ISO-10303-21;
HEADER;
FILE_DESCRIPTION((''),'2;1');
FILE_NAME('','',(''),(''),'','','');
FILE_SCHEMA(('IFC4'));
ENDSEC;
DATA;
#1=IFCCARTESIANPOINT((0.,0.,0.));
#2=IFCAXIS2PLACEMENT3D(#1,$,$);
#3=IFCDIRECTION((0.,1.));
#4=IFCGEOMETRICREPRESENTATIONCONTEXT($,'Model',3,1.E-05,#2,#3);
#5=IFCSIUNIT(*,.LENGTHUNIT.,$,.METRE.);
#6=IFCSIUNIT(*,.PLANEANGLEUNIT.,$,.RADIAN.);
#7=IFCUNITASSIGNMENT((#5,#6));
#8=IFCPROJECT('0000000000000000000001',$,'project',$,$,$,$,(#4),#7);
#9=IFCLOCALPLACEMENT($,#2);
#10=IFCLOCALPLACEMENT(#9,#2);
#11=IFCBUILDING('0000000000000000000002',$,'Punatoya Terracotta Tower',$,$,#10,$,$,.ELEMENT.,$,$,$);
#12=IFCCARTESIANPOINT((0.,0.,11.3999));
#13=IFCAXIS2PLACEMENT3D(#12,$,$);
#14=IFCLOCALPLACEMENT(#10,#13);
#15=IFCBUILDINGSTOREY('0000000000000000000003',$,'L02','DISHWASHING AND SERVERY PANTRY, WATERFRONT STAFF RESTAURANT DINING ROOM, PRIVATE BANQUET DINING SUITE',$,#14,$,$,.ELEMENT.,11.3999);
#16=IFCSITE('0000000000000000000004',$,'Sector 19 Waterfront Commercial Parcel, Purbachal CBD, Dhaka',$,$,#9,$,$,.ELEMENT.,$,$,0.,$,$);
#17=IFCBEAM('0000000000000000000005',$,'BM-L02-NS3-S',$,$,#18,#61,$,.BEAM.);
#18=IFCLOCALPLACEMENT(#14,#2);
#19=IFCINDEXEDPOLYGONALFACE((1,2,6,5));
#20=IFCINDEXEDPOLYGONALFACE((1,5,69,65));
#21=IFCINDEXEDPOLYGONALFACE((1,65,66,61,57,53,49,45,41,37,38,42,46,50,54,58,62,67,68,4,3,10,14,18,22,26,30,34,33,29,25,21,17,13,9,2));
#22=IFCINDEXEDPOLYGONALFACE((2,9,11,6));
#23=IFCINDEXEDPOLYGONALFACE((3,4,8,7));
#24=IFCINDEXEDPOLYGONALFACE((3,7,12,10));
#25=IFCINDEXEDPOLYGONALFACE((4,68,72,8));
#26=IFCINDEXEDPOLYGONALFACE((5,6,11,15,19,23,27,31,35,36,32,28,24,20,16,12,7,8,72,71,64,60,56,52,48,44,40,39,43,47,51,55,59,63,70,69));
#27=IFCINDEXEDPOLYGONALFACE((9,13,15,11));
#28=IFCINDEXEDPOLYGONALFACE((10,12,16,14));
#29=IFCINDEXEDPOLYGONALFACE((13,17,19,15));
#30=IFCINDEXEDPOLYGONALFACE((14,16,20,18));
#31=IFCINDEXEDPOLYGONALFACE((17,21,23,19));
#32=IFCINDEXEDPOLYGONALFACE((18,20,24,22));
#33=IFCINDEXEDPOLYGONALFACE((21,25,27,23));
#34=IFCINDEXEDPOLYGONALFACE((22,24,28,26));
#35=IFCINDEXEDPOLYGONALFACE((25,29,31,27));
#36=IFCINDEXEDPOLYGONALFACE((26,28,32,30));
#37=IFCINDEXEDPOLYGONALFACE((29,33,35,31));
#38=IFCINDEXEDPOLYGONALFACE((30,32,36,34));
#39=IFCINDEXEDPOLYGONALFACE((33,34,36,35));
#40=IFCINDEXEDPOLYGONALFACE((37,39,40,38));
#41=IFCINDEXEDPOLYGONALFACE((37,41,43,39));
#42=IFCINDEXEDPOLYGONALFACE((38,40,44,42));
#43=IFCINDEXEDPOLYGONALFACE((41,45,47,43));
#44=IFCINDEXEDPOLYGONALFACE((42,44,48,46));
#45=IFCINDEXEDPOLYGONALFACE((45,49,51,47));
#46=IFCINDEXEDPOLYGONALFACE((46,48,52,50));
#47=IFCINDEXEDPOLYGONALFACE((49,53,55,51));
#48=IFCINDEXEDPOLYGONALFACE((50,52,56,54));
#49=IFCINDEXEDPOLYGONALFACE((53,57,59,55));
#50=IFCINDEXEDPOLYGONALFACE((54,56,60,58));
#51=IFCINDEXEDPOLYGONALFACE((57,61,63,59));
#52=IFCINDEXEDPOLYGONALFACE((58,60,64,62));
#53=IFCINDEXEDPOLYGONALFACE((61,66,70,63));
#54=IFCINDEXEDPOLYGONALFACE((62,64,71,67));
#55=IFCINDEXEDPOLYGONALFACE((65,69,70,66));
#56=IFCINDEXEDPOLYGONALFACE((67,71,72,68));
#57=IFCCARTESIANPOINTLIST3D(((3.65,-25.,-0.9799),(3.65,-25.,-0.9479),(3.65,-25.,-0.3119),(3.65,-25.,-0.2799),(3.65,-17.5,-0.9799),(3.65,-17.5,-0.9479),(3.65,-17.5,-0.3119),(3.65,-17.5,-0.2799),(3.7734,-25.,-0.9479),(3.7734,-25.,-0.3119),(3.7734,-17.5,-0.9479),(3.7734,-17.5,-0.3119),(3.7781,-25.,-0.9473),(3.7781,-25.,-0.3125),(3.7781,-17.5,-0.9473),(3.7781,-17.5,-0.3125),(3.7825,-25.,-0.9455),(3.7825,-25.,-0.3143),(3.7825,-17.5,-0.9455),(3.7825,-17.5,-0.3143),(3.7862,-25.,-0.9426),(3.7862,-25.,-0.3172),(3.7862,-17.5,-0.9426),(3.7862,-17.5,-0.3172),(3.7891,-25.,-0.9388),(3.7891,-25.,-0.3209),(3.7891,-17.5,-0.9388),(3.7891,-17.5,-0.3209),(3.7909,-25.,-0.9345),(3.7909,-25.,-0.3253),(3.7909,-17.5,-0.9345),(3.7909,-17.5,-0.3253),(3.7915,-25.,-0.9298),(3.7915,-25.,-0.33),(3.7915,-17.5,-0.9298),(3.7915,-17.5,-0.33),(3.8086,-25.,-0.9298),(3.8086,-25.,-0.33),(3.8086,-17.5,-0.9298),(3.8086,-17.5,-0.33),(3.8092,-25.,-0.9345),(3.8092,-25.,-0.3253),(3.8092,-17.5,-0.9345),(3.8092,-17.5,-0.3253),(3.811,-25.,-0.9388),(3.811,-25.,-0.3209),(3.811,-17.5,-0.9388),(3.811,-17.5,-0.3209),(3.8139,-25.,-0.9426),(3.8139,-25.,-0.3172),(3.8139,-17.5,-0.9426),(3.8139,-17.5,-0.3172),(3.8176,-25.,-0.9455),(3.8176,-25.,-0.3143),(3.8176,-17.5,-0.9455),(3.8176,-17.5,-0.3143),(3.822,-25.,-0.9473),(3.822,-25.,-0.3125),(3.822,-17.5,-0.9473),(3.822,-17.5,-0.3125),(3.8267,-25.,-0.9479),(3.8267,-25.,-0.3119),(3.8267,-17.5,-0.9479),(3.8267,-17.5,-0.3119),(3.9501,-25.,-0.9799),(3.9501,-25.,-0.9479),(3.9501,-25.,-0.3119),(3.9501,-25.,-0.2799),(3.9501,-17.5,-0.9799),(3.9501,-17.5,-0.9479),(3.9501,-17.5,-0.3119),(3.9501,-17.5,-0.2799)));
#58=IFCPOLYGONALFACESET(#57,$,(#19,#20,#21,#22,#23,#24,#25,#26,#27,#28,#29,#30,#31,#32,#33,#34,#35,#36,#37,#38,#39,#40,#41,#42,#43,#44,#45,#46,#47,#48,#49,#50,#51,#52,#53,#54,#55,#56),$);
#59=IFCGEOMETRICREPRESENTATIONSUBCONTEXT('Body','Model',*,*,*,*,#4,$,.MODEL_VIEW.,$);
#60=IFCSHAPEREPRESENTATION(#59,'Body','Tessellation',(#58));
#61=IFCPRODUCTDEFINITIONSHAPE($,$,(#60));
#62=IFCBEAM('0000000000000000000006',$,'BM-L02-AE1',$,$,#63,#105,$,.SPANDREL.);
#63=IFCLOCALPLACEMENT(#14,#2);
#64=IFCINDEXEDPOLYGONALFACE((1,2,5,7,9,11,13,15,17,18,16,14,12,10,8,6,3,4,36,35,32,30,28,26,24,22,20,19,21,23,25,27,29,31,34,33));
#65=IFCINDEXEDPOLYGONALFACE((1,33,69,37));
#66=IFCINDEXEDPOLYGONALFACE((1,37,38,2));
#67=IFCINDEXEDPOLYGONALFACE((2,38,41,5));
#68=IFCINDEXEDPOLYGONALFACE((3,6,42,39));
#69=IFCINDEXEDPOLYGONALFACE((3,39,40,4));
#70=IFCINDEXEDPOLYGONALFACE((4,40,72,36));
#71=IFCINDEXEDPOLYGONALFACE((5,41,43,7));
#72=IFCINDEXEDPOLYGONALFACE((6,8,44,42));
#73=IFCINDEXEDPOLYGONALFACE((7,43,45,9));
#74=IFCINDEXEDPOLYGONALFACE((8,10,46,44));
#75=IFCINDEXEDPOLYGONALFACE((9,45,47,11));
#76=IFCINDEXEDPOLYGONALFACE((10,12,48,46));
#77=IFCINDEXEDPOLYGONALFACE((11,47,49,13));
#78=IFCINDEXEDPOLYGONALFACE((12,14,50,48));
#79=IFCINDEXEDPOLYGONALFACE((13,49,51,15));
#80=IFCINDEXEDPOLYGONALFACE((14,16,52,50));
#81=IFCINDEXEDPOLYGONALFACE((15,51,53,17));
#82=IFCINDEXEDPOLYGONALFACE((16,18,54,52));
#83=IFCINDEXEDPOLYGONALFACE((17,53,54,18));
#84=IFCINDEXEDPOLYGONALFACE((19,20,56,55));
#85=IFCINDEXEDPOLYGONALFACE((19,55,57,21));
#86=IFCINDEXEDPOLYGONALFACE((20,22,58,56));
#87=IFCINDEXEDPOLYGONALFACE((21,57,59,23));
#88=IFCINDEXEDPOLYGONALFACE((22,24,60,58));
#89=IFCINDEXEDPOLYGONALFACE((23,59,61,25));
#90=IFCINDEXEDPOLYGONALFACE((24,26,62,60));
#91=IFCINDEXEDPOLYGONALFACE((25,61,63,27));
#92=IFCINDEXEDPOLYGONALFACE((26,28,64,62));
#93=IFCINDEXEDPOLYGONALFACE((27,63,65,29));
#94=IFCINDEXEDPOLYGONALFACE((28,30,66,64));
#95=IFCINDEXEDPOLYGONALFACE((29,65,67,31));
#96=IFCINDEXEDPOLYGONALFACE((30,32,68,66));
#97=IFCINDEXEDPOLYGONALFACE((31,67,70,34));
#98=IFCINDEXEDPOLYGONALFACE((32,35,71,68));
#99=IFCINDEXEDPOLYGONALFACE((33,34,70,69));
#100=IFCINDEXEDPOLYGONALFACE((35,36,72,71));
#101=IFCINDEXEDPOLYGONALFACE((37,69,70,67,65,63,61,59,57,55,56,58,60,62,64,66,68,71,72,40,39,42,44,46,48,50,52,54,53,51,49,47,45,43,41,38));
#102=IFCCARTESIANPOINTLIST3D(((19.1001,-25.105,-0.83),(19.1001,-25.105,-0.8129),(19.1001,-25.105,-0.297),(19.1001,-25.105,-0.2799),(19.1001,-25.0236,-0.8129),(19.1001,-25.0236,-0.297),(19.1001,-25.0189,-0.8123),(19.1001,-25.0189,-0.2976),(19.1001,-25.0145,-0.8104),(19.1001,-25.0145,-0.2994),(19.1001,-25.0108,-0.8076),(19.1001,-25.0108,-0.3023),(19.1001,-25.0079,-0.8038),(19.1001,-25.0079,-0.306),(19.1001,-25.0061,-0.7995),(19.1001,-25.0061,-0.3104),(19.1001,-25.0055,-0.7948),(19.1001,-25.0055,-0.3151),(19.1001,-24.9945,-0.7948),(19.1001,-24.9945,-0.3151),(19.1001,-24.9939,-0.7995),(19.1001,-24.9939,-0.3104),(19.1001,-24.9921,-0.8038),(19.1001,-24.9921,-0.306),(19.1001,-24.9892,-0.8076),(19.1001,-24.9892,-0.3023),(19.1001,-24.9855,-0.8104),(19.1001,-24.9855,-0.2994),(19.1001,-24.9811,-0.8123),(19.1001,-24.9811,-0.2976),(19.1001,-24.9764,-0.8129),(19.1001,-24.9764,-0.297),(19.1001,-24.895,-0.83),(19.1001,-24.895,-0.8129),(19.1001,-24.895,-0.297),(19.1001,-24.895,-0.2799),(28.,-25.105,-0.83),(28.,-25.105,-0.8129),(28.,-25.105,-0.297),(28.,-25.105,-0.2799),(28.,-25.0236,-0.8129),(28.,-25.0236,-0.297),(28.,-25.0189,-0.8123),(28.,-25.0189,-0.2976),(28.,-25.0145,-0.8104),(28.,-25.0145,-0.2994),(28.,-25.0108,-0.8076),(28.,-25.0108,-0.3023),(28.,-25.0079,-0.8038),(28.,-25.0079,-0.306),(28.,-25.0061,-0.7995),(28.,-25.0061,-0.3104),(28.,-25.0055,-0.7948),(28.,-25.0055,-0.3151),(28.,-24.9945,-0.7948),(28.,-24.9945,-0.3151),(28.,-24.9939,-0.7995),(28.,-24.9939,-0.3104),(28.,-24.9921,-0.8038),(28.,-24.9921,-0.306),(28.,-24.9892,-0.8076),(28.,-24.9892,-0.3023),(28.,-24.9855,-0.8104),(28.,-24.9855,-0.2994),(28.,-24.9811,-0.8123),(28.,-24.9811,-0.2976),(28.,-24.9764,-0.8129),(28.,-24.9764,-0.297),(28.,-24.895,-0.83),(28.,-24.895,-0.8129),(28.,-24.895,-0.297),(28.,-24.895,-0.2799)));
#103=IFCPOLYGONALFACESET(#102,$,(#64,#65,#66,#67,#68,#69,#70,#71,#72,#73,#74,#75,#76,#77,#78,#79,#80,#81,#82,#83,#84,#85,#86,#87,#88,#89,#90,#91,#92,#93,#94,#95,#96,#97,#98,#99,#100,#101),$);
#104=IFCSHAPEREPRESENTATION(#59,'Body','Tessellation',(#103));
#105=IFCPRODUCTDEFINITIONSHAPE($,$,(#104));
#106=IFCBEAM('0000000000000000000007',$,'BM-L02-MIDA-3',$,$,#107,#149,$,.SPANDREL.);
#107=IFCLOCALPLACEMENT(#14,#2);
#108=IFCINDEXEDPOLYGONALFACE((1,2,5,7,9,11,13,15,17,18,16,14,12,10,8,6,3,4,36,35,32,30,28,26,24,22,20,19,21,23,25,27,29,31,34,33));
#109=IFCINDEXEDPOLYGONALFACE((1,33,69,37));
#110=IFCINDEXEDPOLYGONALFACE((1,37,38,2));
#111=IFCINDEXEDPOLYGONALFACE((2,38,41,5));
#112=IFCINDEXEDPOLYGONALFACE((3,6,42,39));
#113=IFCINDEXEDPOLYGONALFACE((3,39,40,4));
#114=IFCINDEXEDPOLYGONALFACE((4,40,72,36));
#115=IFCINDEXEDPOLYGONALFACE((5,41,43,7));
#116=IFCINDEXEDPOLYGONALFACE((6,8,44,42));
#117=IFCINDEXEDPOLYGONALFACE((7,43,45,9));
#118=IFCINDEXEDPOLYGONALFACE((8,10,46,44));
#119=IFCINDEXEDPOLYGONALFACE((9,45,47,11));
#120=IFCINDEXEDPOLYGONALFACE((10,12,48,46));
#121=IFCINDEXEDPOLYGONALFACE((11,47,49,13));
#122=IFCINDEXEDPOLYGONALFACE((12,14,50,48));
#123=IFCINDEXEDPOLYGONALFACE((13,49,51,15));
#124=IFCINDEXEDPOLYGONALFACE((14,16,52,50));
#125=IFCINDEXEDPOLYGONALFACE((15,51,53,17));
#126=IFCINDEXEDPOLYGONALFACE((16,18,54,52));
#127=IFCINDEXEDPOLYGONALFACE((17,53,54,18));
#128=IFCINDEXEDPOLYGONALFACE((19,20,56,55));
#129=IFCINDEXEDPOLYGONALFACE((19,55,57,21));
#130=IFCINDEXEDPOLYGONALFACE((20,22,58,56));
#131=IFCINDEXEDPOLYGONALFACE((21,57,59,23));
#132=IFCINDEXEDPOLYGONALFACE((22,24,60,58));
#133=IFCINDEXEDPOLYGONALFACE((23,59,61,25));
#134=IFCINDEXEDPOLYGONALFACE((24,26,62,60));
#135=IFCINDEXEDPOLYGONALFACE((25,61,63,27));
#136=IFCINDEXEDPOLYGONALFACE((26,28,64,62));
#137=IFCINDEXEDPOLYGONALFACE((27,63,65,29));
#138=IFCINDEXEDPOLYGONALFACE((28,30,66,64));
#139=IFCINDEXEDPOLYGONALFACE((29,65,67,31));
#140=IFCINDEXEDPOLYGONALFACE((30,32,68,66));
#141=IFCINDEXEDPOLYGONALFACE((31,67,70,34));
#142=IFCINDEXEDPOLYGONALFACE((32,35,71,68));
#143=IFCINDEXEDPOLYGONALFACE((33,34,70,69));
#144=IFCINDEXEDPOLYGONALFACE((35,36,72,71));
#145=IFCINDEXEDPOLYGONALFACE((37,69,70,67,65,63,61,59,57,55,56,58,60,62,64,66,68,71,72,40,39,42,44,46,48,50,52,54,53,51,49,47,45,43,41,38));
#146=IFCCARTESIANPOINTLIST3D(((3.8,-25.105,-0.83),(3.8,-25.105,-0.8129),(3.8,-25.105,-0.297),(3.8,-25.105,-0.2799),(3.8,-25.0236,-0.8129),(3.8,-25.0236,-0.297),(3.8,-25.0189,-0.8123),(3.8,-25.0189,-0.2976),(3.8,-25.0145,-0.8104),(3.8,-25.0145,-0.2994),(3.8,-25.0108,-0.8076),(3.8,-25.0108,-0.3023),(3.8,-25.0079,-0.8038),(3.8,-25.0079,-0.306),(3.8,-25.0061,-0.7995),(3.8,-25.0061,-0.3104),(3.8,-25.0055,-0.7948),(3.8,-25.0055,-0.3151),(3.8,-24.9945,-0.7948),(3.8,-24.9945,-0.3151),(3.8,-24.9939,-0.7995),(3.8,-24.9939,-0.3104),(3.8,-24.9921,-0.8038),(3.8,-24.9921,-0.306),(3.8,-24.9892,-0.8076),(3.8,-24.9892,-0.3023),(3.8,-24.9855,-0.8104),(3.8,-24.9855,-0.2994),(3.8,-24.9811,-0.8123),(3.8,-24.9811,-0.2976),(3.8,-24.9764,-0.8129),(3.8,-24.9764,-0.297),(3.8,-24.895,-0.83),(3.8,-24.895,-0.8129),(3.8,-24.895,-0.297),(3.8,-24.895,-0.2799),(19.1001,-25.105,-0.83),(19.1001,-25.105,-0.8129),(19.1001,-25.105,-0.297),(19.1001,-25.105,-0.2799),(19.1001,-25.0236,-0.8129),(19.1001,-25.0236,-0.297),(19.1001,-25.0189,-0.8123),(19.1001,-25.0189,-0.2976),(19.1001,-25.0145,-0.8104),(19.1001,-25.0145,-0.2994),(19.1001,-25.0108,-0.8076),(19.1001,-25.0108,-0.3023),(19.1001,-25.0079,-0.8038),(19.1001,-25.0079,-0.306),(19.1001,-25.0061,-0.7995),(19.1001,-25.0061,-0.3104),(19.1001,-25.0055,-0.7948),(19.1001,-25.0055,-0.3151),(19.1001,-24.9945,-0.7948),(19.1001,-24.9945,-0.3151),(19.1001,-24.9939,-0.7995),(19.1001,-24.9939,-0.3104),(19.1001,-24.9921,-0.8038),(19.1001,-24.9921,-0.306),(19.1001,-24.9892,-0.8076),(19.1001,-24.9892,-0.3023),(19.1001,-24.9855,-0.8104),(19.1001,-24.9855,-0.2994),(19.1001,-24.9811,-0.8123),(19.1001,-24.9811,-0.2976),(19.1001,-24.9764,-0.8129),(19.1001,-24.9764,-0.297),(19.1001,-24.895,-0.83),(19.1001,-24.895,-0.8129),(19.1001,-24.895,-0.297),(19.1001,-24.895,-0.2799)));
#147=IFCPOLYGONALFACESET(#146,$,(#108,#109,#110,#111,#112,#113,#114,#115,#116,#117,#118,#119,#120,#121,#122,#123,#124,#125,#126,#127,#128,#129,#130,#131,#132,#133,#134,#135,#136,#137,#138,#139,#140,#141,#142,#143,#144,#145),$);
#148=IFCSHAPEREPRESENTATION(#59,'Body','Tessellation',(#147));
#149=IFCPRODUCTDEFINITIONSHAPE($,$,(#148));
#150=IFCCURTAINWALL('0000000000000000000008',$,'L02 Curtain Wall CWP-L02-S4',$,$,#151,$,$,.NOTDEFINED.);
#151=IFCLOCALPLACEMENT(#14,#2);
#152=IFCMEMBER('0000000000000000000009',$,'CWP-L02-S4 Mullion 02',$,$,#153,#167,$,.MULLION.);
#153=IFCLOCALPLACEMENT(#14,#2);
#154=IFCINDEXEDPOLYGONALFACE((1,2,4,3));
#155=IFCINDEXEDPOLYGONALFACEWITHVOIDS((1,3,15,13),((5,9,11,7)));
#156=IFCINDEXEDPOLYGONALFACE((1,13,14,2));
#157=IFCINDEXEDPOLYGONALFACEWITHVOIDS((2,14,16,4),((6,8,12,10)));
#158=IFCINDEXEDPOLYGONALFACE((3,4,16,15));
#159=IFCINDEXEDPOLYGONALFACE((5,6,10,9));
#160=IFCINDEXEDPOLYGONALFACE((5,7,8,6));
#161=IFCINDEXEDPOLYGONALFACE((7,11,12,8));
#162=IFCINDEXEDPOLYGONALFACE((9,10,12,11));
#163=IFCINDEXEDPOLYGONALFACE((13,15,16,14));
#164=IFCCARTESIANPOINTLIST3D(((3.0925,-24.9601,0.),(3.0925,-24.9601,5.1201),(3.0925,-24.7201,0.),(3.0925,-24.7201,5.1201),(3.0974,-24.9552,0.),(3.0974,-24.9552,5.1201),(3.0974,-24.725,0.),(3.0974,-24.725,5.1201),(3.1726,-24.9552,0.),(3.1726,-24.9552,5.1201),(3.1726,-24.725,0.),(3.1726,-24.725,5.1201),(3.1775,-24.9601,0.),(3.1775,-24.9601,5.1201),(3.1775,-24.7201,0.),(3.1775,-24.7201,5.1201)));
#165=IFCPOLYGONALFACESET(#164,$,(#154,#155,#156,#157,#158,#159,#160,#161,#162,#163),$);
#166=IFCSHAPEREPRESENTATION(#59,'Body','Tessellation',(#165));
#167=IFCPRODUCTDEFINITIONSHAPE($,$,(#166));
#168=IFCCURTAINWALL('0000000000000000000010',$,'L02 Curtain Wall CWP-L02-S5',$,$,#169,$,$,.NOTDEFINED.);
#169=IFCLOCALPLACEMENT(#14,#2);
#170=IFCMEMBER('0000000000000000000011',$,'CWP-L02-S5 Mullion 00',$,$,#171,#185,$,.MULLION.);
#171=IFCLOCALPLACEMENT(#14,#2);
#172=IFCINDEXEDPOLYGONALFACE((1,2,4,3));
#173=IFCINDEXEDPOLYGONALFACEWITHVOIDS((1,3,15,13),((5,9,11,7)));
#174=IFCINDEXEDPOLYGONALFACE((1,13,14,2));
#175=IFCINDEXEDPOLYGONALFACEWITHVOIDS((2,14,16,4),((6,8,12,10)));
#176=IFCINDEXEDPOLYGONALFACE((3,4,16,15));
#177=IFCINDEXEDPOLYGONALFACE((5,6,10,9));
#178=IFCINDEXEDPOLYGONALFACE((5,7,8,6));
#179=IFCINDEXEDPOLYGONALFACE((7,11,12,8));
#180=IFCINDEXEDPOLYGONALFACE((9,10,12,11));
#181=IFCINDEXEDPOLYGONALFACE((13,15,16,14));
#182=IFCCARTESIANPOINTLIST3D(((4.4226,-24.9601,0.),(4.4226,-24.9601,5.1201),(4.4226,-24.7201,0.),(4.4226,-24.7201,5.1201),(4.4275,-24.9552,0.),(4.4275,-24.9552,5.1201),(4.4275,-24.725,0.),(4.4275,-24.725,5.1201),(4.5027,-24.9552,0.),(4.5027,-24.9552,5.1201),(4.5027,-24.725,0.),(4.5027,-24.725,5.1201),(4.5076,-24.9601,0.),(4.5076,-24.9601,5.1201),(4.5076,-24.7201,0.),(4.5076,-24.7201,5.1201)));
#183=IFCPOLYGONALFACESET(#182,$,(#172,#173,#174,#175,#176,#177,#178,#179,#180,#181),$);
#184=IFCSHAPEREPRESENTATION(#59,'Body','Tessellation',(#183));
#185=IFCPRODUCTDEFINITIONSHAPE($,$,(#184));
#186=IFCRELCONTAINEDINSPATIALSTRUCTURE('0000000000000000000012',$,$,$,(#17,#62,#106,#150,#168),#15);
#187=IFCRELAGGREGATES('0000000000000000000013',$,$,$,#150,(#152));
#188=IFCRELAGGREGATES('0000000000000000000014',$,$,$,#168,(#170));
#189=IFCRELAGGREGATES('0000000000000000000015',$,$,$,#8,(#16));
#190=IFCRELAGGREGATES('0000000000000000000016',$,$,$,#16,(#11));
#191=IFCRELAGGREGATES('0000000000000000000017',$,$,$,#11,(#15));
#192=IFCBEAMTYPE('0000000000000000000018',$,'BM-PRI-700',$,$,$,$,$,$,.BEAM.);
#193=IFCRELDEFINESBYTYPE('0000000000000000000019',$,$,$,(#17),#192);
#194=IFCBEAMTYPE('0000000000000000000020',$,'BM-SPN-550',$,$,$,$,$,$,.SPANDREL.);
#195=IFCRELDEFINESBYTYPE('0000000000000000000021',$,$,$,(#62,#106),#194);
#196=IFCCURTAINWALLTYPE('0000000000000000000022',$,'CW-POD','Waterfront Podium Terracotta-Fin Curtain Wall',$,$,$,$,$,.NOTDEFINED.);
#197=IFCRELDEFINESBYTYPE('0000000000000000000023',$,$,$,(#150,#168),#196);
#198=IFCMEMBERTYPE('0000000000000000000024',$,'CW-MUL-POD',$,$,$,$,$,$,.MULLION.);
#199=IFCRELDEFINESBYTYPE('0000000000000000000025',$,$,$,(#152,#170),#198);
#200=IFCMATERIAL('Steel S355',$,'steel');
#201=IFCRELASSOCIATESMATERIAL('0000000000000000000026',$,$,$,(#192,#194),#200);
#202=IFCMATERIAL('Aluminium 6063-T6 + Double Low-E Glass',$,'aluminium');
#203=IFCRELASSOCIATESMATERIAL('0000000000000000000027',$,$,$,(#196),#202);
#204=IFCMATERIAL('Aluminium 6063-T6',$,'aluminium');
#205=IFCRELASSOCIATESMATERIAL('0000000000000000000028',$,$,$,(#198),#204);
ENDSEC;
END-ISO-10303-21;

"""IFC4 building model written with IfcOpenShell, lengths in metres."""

from ifc_helpers import new_model, si_unit, direction, frame, origin, origin_2d, place, context, subcontext, project, spatial, hollow_rectangle, i_section, extrude, material, material_profile, profile_set, type_object, element, aggregate, save


model = new_model("IFC4")

# Units and contexts
model_context = context("Model", 3, precision=1e-05, world=origin(), true_north=direction((0.0, 1.0)))
body_context = subcontext(model_context, "Body", "Model", "MODEL_VIEW")
ifc_project = project(units=[si_unit("LENGTHUNIT", "METRE"), si_unit("PLANEANGLEUNIT", "RADIAN")], contexts=[model_context])

# Site, building, storey
site_placement = place(None, origin())
site = spatial("IfcSite", under=ifc_project, at=site_placement, Name="Sector 19 Waterfront Commercial Parcel, Purbachal CBD, Dhaka", CompositionType="ELEMENT", RefElevation=0.0)
building_placement = place(site_placement, origin())
building = spatial("IfcBuilding", under=site, at=building_placement, Name="Punatoya Terracotta Tower", CompositionType="ELEMENT")
storey_placement = place(building_placement, frame((0.0, 0.0, 11.3999)))
storey = spatial("IfcBuildingStorey", under=building, at=storey_placement, Name="L02", Description="DISHWASHING AND SERVERY PANTRY, WATERFRONT STAFF RESTAURANT DINING ROOM, PRIVATE BANQUET DINING SUITE", CompositionType="ELEMENT", Elevation=11.3999)

# Beams
ifc_material_1 = material(Name="Steel S355", Category="steel")
ifc_material_profile_1 = material_profile(ifc_material_1, i_section(OverallWidth=0.3, OverallDepth=0.7, WebThickness=0.0171, FlangeThickness=0.032, FilletRadius=0.0181, at=origin_2d()))
ifc_profile_set_1 = profile_set([ifc_material_profile_1], Name="Steel S355")
beam_type_1 = type_object("IfcBeamType", Name="BM-PRI-700", PredefinedType="BEAM", material=ifc_profile_set_1)
for number, where, z_axis, x_axis, name in (
    (1, (3.8, -25.0, -0.6299), (0.0, 1.0, 0.0), (-1.0, 0.0, 0.0), "BM-L02-NS3-S"),
):
    element("IfcBeam", number, at=place(storey_placement, frame(where, z_axis=z_axis, x_axis=x_axis)), inside=storey, type_object=beam_type_1, Name=name, PredefinedType="BEAM", context=body_context, shape_type="SweptSolid", body=[
        extrude(i_section(OverallWidth=0.3, OverallDepth=0.7, WebThickness=0.0171, FlangeThickness=0.032, FilletRadius=0.0181, at=origin_2d()), origin(), (0.0, 0.0, 1.0), 7.5),
    ])
ifc_material_profile_2 = material_profile(ifc_material_1, i_section(OverallWidth=0.21, OverallDepth=0.55, WebThickness=0.011, FlangeThickness=0.0171, FilletRadius=0.0181, at=origin_2d()))
ifc_profile_set_2 = profile_set([ifc_material_profile_2], Name="Steel S355")
beam_type_2 = type_object("IfcBeamType", Name="BM-SPN-550", PredefinedType="SPANDREL", material=ifc_profile_set_2)
beam_1_placement = place(storey_placement, frame((19.1001, -25.0, -0.5549), z_axis=(1.0, 0.0, 0.0), x_axis=(0.0, 1.0, 0.0)))
element("IfcBeam", 2, at=beam_1_placement, inside=storey, type_object=beam_type_2, Name="BM-L02-AE1", PredefinedType="SPANDREL", context=body_context, shape_type="SweptSolid", body=[
    extrude(i_section(OverallWidth=0.21, OverallDepth=0.55, WebThickness=0.011, FlangeThickness=0.0171, FilletRadius=0.0181, at=origin_2d()), origin(), (0.0, 0.0, 1.0), 8.8999),
])
beam_2_placement = place(storey_placement, frame((3.8, -25.0, -0.5549), z_axis=(1.0, 0.0, 0.0), x_axis=(0.0, 1.0, 0.0)))
element("IfcBeam", 3, at=beam_2_placement, inside=storey, type_object=beam_type_2, Name="BM-L02-MIDA-3", PredefinedType="SPANDREL", context=body_context, shape_type="SweptSolid", body=[
    extrude(i_section(OverallWidth=0.21, OverallDepth=0.55, WebThickness=0.011, FlangeThickness=0.0171, FilletRadius=0.0181, at=origin_2d()), origin(), (0.0, 0.0, 1.0), 15.3),
])

# Curtain wall, member
ifc_material_2 = material(Name="Aluminium 6063-T6 + Double Low-E Glass", Category="aluminium")
curtain_wall_type = type_object("IfcCurtainWallType", Name="CW-POD", Description="Waterfront Podium Terracotta-Fin Curtain Wall", PredefinedType="NOTDEFINED", material=ifc_material_2)
curtain_wall_1_placement = place(storey_placement, origin())
curtain_wall_1 = element("IfcCurtainWall", 4, at=curtain_wall_1_placement, inside=storey, type_object=curtain_wall_type, Name="L02 Curtain Wall CWP-L02-S4", PredefinedType="NOTDEFINED")
ifc_material_3 = material(Name="Aluminium 6063-T6", Category="aluminium")
ifc_material_profile_3 = material_profile(ifc_material_3, hollow_rectangle(XDim=0.085, YDim=0.24, WallThickness=0.0049, at=origin_2d()))
ifc_profile_set_3 = profile_set([ifc_material_profile_3], Name="Aluminium 6063-T6")
member_type_1 = type_object("IfcMemberType", Name="CW-MUL-POD", PredefinedType="MULLION", material=ifc_profile_set_3)
member_1_placement = place(storey_placement, frame((3.135, -24.8401, 0.0), z_axis=(0.0, 0.0, 1.0), x_axis=(1.0, 0.0, 0.0)))
member_1 = element("IfcMember", 5, at=member_1_placement, type_object=member_type_1, Name="CWP-L02-S4 Mullion 02", PredefinedType="MULLION", context=body_context, shape_type="SweptSolid", body=[
    extrude(hollow_rectangle(XDim=0.085, YDim=0.24, WallThickness=0.0049, at=origin_2d()), origin(), (0.0, 0.0, 1.0), 5.1201),
])

# Curtain wall, member
curtain_wall_2_placement = place(storey_placement, origin())
curtain_wall_2 = element("IfcCurtainWall", 6, at=curtain_wall_2_placement, inside=storey, type_object=curtain_wall_type, Name="L02 Curtain Wall CWP-L02-S5", PredefinedType="NOTDEFINED")
member_2_placement = place(storey_placement, frame((4.4651, -24.8401, 0.0), z_axis=(0.0, 0.0, 1.0), x_axis=(1.0, 0.0, 0.0)))
member_2 = element("IfcMember", 7, at=member_2_placement, type_object=member_type_1, Name="CWP-L02-S5 Mullion 00", PredefinedType="MULLION", context=body_context, shape_type="SweptSolid", body=[
    extrude(hollow_rectangle(XDim=0.085, YDim=0.24, WallThickness=0.0049, at=origin_2d()), origin(), (0.0, 0.0, 1.0), 5.1201),
])

aggregate(curtain_wall_1, [member_1])
aggregate(curtain_wall_2, [member_2])

save(model, "model.ifc")
